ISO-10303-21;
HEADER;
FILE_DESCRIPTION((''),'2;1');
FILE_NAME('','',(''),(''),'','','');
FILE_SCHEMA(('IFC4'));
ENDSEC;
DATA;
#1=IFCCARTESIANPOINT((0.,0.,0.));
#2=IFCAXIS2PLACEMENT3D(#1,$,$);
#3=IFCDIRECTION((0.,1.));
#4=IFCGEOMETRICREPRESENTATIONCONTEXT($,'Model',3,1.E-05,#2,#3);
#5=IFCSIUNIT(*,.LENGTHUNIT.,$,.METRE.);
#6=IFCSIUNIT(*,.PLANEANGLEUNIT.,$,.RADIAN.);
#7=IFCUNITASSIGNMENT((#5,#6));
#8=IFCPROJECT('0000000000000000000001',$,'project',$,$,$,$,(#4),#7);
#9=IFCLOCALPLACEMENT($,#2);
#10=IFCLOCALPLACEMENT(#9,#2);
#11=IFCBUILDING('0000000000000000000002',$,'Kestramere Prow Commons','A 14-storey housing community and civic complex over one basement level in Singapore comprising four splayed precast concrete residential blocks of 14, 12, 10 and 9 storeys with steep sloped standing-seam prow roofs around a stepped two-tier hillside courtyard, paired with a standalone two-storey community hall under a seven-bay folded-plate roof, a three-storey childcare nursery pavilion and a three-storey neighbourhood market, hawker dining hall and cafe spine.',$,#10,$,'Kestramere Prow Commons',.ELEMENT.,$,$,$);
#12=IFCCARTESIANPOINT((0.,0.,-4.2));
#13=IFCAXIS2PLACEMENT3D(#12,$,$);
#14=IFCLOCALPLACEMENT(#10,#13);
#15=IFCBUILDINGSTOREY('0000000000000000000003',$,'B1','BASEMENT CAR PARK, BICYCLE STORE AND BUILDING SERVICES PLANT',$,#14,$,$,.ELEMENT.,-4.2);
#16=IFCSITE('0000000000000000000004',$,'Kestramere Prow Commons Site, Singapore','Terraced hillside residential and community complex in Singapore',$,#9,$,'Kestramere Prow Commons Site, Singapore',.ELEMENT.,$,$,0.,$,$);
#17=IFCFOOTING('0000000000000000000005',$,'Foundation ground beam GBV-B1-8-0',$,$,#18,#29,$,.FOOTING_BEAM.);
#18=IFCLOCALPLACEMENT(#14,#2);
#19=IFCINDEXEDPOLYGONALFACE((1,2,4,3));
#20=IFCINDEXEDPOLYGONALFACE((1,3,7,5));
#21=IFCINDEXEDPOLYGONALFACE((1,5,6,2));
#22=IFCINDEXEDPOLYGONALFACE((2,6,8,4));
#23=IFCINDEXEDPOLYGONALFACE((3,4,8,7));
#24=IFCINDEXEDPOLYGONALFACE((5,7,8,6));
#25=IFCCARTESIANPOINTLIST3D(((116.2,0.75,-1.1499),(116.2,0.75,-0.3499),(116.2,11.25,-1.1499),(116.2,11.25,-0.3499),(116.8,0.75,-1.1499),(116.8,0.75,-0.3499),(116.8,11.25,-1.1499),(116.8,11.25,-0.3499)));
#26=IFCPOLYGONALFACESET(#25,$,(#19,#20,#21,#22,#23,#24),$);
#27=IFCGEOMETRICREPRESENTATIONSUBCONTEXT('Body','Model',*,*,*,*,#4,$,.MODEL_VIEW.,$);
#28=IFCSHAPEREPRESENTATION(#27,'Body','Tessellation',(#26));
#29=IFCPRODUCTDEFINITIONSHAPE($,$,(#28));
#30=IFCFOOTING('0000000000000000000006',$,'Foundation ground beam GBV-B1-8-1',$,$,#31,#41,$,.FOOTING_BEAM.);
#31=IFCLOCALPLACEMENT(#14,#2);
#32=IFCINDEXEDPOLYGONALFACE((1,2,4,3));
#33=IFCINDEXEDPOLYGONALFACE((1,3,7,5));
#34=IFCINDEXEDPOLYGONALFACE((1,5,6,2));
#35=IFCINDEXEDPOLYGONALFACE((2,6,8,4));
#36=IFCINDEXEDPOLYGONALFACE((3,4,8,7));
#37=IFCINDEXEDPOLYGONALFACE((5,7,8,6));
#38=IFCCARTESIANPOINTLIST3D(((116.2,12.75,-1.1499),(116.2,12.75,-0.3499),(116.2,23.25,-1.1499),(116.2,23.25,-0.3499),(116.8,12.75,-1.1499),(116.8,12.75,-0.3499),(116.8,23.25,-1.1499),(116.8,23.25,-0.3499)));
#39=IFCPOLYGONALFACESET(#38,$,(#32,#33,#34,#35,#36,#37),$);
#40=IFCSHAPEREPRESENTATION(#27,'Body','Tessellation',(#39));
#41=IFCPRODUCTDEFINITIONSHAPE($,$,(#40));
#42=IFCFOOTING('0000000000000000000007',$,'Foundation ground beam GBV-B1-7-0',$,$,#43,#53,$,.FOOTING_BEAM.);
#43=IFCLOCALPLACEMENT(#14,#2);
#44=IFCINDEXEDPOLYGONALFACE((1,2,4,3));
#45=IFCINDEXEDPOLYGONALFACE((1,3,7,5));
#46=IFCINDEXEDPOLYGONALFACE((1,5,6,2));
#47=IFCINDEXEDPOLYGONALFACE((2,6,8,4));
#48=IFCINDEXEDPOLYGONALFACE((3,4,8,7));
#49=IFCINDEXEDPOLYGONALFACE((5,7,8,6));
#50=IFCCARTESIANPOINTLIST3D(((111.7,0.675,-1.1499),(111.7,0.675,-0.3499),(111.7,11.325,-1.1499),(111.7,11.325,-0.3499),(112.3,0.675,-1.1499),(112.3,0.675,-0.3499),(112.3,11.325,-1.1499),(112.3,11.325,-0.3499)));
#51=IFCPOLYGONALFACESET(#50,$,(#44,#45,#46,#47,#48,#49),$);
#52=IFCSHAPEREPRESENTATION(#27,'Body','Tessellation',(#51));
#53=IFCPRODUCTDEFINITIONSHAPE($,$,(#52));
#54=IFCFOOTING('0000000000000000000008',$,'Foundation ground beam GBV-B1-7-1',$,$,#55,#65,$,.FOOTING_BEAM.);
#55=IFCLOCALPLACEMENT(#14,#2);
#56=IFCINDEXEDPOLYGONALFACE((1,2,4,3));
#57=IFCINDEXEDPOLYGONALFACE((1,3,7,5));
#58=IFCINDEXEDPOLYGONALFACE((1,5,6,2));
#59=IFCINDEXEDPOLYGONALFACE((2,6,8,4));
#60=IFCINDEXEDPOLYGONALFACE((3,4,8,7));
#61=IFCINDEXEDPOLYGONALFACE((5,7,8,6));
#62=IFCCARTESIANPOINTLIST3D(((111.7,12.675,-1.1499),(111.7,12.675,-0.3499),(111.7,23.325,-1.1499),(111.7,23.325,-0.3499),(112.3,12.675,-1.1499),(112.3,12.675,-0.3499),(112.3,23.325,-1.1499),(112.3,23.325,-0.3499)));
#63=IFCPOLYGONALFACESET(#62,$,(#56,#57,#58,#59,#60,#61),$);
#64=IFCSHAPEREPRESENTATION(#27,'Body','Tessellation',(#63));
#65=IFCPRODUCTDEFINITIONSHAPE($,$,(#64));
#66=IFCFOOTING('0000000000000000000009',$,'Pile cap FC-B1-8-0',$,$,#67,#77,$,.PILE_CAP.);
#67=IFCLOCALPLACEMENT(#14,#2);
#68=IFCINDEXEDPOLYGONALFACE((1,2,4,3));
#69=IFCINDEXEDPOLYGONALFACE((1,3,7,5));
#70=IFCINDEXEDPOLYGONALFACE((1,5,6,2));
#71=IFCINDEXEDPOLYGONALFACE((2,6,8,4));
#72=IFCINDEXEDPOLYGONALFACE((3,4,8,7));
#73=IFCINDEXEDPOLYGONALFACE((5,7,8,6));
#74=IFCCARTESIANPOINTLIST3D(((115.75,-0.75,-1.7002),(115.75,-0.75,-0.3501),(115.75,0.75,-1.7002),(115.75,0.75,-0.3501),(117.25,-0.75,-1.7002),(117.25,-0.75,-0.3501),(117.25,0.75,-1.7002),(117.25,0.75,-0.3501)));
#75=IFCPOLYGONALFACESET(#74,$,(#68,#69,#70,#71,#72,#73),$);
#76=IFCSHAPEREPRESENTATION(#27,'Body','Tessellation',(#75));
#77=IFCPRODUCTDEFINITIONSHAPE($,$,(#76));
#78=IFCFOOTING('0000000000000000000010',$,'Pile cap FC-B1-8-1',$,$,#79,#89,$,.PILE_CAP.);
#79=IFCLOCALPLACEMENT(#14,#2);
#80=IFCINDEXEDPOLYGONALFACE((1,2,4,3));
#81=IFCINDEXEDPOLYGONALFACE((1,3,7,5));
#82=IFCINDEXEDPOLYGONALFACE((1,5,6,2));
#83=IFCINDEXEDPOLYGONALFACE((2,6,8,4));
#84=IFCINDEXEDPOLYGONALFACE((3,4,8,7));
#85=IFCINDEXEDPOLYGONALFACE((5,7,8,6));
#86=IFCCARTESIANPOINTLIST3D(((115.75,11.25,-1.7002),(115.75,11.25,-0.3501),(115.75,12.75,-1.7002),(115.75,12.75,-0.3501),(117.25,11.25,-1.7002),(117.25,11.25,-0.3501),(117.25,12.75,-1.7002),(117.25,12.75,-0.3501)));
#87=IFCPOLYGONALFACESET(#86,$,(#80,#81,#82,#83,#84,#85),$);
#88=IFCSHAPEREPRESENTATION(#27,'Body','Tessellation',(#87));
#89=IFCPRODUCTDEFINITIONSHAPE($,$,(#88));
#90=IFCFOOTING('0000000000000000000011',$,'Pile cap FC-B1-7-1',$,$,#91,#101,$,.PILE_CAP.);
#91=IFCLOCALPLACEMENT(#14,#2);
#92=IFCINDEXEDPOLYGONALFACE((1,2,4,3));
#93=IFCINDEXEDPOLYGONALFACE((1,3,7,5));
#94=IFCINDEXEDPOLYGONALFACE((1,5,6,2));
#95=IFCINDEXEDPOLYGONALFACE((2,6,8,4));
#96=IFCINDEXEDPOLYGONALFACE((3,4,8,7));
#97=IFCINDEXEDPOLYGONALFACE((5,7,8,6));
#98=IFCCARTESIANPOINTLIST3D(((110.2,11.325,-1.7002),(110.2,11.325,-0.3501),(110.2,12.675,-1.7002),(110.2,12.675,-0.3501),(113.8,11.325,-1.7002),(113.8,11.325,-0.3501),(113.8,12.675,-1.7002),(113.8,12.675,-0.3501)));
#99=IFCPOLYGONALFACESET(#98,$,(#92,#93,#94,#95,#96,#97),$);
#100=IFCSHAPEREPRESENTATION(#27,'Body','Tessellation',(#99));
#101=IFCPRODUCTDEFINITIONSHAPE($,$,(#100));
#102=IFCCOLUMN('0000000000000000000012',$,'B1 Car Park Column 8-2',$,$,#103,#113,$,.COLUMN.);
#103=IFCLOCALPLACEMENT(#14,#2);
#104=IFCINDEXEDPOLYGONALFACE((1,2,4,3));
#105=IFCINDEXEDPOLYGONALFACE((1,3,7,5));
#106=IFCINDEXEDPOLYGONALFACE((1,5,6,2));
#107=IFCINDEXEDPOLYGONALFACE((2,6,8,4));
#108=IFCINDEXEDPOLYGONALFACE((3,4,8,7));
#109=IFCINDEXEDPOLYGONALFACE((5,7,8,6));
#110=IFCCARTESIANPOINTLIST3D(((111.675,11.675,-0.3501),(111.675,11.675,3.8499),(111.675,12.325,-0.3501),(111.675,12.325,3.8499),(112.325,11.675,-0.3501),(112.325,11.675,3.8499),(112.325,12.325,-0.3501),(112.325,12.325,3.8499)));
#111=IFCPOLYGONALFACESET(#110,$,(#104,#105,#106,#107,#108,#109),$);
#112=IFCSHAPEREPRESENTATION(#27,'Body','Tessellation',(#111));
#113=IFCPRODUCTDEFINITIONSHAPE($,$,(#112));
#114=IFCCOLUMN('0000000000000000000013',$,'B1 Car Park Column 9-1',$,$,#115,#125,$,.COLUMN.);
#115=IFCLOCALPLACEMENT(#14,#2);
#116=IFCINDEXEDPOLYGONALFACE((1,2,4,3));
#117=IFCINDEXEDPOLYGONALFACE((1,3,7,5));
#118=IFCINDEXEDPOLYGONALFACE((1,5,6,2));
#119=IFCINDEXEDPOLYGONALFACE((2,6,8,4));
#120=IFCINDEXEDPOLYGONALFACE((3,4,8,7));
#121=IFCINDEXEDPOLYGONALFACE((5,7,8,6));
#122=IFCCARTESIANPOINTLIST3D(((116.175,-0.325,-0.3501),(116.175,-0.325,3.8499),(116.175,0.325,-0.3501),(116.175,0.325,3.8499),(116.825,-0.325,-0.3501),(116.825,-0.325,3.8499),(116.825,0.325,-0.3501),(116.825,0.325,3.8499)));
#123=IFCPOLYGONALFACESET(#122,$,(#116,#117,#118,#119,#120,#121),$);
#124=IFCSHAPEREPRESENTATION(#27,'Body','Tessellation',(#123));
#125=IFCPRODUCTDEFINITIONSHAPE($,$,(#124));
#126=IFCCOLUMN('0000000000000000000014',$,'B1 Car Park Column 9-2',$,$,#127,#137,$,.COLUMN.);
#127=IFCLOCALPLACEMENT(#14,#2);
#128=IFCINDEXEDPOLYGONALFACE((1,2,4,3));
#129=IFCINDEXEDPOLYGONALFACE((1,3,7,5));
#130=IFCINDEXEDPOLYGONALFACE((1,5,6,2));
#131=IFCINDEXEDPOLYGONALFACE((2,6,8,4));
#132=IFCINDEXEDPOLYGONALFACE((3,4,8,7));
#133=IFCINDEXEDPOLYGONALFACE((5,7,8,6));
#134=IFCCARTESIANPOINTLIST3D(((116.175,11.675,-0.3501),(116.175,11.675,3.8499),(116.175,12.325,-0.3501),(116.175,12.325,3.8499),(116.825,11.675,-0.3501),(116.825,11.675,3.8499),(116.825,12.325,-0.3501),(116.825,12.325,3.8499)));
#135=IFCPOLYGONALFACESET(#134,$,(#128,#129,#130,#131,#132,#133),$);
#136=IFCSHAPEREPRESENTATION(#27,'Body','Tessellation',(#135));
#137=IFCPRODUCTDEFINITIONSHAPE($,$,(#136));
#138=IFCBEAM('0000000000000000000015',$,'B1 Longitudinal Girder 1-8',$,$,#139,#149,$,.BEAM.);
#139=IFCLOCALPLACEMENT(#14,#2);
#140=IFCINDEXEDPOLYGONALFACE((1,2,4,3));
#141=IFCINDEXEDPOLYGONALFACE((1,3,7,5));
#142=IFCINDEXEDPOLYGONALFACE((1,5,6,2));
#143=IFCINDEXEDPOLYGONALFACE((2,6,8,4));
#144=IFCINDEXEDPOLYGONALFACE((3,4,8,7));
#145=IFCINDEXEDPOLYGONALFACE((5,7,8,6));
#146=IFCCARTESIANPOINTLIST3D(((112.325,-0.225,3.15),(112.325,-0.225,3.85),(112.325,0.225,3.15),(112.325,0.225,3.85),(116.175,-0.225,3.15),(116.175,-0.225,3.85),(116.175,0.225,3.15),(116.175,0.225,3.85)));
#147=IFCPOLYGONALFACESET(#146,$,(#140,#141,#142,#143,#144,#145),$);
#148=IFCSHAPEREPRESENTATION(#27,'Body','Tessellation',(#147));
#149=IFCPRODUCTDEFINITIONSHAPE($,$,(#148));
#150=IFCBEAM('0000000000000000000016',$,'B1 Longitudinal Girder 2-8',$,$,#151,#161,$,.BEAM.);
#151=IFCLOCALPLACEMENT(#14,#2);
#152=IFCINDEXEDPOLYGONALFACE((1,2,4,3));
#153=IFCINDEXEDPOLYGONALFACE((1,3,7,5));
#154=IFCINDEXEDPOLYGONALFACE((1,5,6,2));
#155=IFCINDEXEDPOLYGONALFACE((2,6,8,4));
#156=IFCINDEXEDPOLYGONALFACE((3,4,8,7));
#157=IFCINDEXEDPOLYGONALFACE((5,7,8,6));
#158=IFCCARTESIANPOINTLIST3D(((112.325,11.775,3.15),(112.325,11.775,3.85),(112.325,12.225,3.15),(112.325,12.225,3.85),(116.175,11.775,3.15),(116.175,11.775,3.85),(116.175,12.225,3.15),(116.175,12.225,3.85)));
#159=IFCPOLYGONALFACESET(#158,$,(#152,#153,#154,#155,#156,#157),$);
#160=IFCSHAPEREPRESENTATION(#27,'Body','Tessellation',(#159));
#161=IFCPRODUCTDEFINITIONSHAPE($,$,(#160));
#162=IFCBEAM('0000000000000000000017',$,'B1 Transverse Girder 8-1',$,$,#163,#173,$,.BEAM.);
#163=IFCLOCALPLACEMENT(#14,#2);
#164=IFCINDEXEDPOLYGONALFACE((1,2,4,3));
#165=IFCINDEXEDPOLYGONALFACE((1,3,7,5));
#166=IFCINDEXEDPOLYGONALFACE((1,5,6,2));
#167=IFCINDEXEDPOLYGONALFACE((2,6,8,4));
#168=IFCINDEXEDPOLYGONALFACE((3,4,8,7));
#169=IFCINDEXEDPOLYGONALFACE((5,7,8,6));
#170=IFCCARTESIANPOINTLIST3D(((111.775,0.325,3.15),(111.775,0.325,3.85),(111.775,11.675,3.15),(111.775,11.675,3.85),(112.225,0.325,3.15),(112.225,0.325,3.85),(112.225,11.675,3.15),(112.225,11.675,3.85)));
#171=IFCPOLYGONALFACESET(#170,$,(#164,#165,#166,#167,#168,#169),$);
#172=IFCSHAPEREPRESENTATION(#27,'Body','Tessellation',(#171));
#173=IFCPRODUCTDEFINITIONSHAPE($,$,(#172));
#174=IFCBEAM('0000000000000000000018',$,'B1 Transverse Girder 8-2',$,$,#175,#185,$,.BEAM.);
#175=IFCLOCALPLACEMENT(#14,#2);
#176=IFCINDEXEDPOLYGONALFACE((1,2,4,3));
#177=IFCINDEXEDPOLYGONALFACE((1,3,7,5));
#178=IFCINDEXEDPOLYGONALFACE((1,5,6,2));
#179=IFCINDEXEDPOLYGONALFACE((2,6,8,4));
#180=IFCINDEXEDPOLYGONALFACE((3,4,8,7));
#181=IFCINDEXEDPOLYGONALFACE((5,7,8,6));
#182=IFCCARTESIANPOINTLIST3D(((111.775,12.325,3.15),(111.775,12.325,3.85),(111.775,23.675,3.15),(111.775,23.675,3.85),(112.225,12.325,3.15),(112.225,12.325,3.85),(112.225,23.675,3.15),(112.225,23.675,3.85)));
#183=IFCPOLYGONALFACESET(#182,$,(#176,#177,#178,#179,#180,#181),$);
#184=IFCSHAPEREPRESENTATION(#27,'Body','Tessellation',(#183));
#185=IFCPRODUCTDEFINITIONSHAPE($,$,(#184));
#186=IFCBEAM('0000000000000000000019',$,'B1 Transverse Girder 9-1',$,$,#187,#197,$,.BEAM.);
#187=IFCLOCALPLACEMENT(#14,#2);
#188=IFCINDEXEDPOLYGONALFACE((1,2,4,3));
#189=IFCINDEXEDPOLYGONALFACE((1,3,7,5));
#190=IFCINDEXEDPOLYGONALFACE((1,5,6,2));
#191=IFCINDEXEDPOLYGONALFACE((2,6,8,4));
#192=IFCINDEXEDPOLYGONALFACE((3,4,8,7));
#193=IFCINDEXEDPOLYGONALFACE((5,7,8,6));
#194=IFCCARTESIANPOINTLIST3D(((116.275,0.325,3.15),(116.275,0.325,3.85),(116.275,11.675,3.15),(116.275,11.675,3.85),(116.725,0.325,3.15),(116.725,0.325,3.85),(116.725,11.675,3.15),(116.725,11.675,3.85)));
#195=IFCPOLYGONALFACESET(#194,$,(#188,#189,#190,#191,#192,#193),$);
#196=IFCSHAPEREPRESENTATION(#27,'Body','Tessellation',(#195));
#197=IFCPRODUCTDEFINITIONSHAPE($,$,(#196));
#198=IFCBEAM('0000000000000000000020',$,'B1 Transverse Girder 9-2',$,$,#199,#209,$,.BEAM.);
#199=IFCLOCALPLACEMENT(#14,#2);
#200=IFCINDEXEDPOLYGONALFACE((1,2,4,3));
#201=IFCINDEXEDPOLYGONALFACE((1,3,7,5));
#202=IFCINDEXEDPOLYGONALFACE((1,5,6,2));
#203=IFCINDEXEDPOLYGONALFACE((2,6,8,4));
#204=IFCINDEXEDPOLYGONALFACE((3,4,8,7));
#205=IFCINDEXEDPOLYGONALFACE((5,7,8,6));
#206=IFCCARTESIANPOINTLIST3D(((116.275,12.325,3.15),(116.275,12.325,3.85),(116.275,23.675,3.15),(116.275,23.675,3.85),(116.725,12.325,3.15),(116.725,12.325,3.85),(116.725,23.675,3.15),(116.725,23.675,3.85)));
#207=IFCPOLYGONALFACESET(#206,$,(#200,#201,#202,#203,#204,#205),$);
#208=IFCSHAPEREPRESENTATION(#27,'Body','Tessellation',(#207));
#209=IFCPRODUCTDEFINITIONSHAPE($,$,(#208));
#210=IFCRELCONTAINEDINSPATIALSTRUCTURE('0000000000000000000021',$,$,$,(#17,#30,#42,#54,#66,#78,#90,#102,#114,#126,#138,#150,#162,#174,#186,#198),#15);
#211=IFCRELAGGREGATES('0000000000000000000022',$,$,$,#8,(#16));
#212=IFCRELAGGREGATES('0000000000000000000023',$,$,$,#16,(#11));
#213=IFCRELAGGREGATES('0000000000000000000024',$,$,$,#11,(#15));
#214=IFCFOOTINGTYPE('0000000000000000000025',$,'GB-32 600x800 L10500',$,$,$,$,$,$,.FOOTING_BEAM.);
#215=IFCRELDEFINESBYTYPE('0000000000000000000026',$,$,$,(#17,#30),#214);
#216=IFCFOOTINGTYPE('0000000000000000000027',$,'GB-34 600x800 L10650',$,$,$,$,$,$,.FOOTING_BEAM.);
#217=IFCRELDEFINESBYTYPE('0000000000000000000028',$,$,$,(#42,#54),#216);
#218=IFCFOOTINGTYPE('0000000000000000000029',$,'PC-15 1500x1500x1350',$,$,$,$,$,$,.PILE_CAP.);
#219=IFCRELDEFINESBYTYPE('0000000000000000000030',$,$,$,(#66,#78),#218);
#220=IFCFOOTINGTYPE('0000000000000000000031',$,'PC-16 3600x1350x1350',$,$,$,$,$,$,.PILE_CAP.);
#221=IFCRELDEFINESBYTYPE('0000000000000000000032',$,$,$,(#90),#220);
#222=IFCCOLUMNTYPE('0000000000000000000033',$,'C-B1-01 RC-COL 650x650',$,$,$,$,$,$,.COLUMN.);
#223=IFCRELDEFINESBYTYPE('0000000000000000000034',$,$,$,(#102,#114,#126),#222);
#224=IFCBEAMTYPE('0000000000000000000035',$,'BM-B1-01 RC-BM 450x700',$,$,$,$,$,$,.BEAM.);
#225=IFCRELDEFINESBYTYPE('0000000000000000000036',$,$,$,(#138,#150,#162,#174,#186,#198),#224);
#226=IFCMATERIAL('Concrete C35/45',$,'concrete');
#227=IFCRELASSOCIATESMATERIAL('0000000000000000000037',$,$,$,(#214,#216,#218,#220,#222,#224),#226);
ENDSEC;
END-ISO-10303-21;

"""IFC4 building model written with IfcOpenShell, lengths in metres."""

from ifc_helpers import new_model, si_unit, direction, frame, origin, origin_2d, place, context, subcontext, project, spatial, rectangle, extrude, material, material_profile, profile_set, type_object, element, save


model = new_model("IFC4")

# Units and contexts
model_context = context("Model", 3, precision=1e-05, world=origin(), true_north=direction((0.0, 1.0)))
body_context = subcontext(model_context, "Body", "Model", "MODEL_VIEW")
ifc_project = project(units=[si_unit("LENGTHUNIT", "METRE"), si_unit("PLANEANGLEUNIT", "RADIAN")], contexts=[model_context])

# Site, building, storey
site_placement = place(None, origin())
site = spatial("IfcSite", under=ifc_project, at=site_placement, Name="Kestramere Prow Commons Site, Singapore", Description="Terraced hillside residential and community complex in Singapore", LongName="Kestramere Prow Commons Site, Singapore", CompositionType="ELEMENT", RefElevation=0.0)
building_placement = place(site_placement, origin())
building = spatial("IfcBuilding", under=site, at=building_placement, Name="Kestramere Prow Commons", Description="A 14-storey housing community and civic complex over one basement level in Singapore comprising four splayed precast concrete residential blocks of 14, 12, 10 and 9 storeys with steep sloped standing-seam prow roofs around a stepped two-tier hillside courtyard, paired with a standalone two-storey community hall under a seven-bay folded-plate roof, a three-storey childcare nursery pavilion and a three-storey neighbourhood market, hawker dining hall and cafe spine.", LongName="Kestramere Prow Commons", CompositionType="ELEMENT")
storey_placement = place(building_placement, frame((0.0, 0.0, -4.2)))
storey = spatial("IfcBuildingStorey", under=building, at=storey_placement, Name="B1", Description="BASEMENT CAR PARK, BICYCLE STORE AND BUILDING SERVICES PLANT", CompositionType="ELEMENT", Elevation=-4.2)

# Shared definitions
ifc_material_1 = material(Name="Concrete C35/45", Category="concrete")

# Footings
footing_type_1 = type_object("IfcFootingType", Name="GB-32 600x800 L10500", PredefinedType="FOOTING_BEAM", material=ifc_material_1)
for number, where, z_axis, x_axis, name in (
    (1, (116.5, 6.0, -1.1499), (0.0, 0.0, 1.0), (0.0, 1.0, 0.0), "Foundation ground beam GBV-B1-8-0"),
    (2, (116.5, 18.0, -1.1499), (0.0, 0.0, 1.0), (0.0, 1.0, 0.0), "Foundation ground beam GBV-B1-8-1"),
):
    element("IfcFooting", number, at=place(storey_placement, frame(where, z_axis=z_axis, x_axis=x_axis)), inside=storey, type_object=footing_type_1, Name=name, PredefinedType="FOOTING_BEAM", context=body_context, shape_type="SweptSolid", body=[
        extrude(rectangle(XDim=10.5, YDim=0.6001, at=origin_2d()), origin(), (0.0, 0.0, 1.0), 0.8),
    ])
footing_type_2 = type_object("IfcFootingType", Name="GB-34 600x800 L10650", PredefinedType="FOOTING_BEAM", material=ifc_material_1)
for number, where, z_axis, x_axis, name in (
    (3, (112.0, 6.0, -1.1499), (0.0, 0.0, 1.0), (0.0, 1.0, 0.0), "Foundation ground beam GBV-B1-7-0"),
    (4, (112.0, 18.0, -1.1499), (0.0, 0.0, 1.0), (0.0, 1.0, 0.0), "Foundation ground beam GBV-B1-7-1"),
):
    element("IfcFooting", number, at=place(storey_placement, frame(where, z_axis=z_axis, x_axis=x_axis)), inside=storey, type_object=footing_type_2, Name=name, PredefinedType="FOOTING_BEAM", context=body_context, shape_type="SweptSolid", body=[
        extrude(rectangle(XDim=10.6499, YDim=0.6001, at=origin_2d()), origin(), (0.0, 0.0, 1.0), 0.8),
    ])
footing_type_3 = type_object("IfcFootingType", Name="PC-15 1500x1500x1350", PredefinedType="PILE_CAP", material=ifc_material_1)
for number, where, z_axis, x_axis, name in (
    (5, (116.5, 0.0, -1.7002), (0.0, 0.0, 1.0), (1.0, 0.0, 0.0), "Pile cap FC-B1-8-0"),
    (6, (116.5, 12.0, -1.7002), (0.0, 0.0, 1.0), (1.0, 0.0, 0.0), "Pile cap FC-B1-8-1"),
):
    element("IfcFooting", number, at=place(storey_placement, frame(where, z_axis=z_axis, x_axis=x_axis)), inside=storey, type_object=footing_type_3, Name=name, PredefinedType="PILE_CAP", context=body_context, shape_type="SweptSolid", body=[
        extrude(rectangle(XDim=1.5, YDim=1.5, at=origin_2d()), origin(), (0.0, 0.0, 1.0), 1.3501),
    ])
footing_type_4 = type_object("IfcFootingType", Name="PC-16 3600x1350x1350", PredefinedType="PILE_CAP", material=ifc_material_1)
footing_placement = place(storey_placement, frame((112.0, 12.0, -1.7002), z_axis=(0.0, 0.0, 1.0), x_axis=(1.0, 0.0, 0.0)))
element("IfcFooting", 7, at=footing_placement, inside=storey, type_object=footing_type_4, Name="Pile cap FC-B1-7-1", PredefinedType="PILE_CAP", context=body_context, shape_type="SweptSolid", body=[
    extrude(rectangle(XDim=3.6001, YDim=1.3501, at=origin_2d()), origin(), (0.0, 0.0, 1.0), 1.3501),
])

# Columns
ifc_material_profile_1 = material_profile(ifc_material_1, rectangle(XDim=0.6499, YDim=0.6499, at=origin_2d()), Name="RC-COL 650x650")
ifc_profile_set_1 = profile_set([ifc_material_profile_1], Name="Concrete C35/45")
column_type = type_object("IfcColumnType", Name="C-B1-01 RC-COL 650x650", PredefinedType="COLUMN", material=ifc_profile_set_1)
for number, where, z_axis, x_axis, name in (
    (8, (112.0, 12.0, -0.3501), (0.0, 0.0, 1.0), (1.0, 0.0, 0.0), "B1 Car Park Column 8-2"),
    (9, (116.5, 0.0, -0.3501), (0.0, 0.0, 1.0), (1.0, 0.0, 0.0), "B1 Car Park Column 9-1"),
    (10, (116.5, 12.0, -0.3501), (0.0, 0.0, 1.0), (1.0, 0.0, 0.0), "B1 Car Park Column 9-2"),
):
    element("IfcColumn", number, at=place(storey_placement, frame(where, z_axis=z_axis, x_axis=x_axis)), inside=storey, type_object=column_type, Name=name, PredefinedType="COLUMN", context=body_context, shape_type="SweptSolid", body=[
        extrude(rectangle(XDim=0.6499, YDim=0.6499, at=origin_2d()), origin(), (0.0, 0.0, 1.0), 4.2),
    ])

# Beams
ifc_material_profile_2 = material_profile(ifc_material_1, rectangle(XDim=0.45, YDim=0.7, at=origin_2d()), Name="RC-BM 450x700")
ifc_profile_set_2 = profile_set([ifc_material_profile_2], Name="Concrete C35/45")
beam_type = type_object("IfcBeamType", Name="BM-B1-01 RC-BM 450x700", PredefinedType="BEAM", material=ifc_profile_set_2)
for number, where, z_axis, x_axis, name in (
    (11, (112.325, 0.0, 3.5), (1.0, 0.0, 0.0), (0.0, 1.0, 0.0), "B1 Longitudinal Girder 1-8"),
    (12, (112.325, 12.0, 3.5), (1.0, 0.0, 0.0), (0.0, 1.0, 0.0), "B1 Longitudinal Girder 2-8"),
):
    element("IfcBeam", number, at=place(storey_placement, frame(where, z_axis=z_axis, x_axis=x_axis)), inside=storey, type_object=beam_type, Name=name, PredefinedType="BEAM", context=body_context, shape_type="SweptSolid", body=[
        extrude(rectangle(XDim=0.45, YDim=0.7, at=origin_2d()), origin(), (0.0, 0.0, 1.0), 3.8501),
    ])
for number, where, z_axis, x_axis, name in (
    (13, (112.0, 0.325, 3.5), (0.0, 1.0, 0.0), (-1.0, 0.0, 0.0), "B1 Transverse Girder 8-1"),
    (14, (112.0, 12.325, 3.5), (0.0, 1.0, 0.0), (-1.0, 0.0, 0.0), "B1 Transverse Girder 8-2"),
    (15, (116.5, 0.325, 3.5), (0.0, 1.0, 0.0), (-1.0, 0.0, 0.0), "B1 Transverse Girder 9-1"),
    (16, (116.5, 12.325, 3.5), (0.0, 1.0, 0.0), (-1.0, 0.0, 0.0), "B1 Transverse Girder 9-2"),
):
    element("IfcBeam", number, at=place(storey_placement, frame(where, z_axis=z_axis, x_axis=x_axis)), inside=storey, type_object=beam_type, Name=name, PredefinedType="BEAM", context=body_context, shape_type="SweptSolid", body=[
        extrude(rectangle(XDim=0.45, YDim=0.7, at=origin_2d()), origin(), (0.0, 0.0, 1.0), 11.3501),
    ])

save(model, "model.ifc")
